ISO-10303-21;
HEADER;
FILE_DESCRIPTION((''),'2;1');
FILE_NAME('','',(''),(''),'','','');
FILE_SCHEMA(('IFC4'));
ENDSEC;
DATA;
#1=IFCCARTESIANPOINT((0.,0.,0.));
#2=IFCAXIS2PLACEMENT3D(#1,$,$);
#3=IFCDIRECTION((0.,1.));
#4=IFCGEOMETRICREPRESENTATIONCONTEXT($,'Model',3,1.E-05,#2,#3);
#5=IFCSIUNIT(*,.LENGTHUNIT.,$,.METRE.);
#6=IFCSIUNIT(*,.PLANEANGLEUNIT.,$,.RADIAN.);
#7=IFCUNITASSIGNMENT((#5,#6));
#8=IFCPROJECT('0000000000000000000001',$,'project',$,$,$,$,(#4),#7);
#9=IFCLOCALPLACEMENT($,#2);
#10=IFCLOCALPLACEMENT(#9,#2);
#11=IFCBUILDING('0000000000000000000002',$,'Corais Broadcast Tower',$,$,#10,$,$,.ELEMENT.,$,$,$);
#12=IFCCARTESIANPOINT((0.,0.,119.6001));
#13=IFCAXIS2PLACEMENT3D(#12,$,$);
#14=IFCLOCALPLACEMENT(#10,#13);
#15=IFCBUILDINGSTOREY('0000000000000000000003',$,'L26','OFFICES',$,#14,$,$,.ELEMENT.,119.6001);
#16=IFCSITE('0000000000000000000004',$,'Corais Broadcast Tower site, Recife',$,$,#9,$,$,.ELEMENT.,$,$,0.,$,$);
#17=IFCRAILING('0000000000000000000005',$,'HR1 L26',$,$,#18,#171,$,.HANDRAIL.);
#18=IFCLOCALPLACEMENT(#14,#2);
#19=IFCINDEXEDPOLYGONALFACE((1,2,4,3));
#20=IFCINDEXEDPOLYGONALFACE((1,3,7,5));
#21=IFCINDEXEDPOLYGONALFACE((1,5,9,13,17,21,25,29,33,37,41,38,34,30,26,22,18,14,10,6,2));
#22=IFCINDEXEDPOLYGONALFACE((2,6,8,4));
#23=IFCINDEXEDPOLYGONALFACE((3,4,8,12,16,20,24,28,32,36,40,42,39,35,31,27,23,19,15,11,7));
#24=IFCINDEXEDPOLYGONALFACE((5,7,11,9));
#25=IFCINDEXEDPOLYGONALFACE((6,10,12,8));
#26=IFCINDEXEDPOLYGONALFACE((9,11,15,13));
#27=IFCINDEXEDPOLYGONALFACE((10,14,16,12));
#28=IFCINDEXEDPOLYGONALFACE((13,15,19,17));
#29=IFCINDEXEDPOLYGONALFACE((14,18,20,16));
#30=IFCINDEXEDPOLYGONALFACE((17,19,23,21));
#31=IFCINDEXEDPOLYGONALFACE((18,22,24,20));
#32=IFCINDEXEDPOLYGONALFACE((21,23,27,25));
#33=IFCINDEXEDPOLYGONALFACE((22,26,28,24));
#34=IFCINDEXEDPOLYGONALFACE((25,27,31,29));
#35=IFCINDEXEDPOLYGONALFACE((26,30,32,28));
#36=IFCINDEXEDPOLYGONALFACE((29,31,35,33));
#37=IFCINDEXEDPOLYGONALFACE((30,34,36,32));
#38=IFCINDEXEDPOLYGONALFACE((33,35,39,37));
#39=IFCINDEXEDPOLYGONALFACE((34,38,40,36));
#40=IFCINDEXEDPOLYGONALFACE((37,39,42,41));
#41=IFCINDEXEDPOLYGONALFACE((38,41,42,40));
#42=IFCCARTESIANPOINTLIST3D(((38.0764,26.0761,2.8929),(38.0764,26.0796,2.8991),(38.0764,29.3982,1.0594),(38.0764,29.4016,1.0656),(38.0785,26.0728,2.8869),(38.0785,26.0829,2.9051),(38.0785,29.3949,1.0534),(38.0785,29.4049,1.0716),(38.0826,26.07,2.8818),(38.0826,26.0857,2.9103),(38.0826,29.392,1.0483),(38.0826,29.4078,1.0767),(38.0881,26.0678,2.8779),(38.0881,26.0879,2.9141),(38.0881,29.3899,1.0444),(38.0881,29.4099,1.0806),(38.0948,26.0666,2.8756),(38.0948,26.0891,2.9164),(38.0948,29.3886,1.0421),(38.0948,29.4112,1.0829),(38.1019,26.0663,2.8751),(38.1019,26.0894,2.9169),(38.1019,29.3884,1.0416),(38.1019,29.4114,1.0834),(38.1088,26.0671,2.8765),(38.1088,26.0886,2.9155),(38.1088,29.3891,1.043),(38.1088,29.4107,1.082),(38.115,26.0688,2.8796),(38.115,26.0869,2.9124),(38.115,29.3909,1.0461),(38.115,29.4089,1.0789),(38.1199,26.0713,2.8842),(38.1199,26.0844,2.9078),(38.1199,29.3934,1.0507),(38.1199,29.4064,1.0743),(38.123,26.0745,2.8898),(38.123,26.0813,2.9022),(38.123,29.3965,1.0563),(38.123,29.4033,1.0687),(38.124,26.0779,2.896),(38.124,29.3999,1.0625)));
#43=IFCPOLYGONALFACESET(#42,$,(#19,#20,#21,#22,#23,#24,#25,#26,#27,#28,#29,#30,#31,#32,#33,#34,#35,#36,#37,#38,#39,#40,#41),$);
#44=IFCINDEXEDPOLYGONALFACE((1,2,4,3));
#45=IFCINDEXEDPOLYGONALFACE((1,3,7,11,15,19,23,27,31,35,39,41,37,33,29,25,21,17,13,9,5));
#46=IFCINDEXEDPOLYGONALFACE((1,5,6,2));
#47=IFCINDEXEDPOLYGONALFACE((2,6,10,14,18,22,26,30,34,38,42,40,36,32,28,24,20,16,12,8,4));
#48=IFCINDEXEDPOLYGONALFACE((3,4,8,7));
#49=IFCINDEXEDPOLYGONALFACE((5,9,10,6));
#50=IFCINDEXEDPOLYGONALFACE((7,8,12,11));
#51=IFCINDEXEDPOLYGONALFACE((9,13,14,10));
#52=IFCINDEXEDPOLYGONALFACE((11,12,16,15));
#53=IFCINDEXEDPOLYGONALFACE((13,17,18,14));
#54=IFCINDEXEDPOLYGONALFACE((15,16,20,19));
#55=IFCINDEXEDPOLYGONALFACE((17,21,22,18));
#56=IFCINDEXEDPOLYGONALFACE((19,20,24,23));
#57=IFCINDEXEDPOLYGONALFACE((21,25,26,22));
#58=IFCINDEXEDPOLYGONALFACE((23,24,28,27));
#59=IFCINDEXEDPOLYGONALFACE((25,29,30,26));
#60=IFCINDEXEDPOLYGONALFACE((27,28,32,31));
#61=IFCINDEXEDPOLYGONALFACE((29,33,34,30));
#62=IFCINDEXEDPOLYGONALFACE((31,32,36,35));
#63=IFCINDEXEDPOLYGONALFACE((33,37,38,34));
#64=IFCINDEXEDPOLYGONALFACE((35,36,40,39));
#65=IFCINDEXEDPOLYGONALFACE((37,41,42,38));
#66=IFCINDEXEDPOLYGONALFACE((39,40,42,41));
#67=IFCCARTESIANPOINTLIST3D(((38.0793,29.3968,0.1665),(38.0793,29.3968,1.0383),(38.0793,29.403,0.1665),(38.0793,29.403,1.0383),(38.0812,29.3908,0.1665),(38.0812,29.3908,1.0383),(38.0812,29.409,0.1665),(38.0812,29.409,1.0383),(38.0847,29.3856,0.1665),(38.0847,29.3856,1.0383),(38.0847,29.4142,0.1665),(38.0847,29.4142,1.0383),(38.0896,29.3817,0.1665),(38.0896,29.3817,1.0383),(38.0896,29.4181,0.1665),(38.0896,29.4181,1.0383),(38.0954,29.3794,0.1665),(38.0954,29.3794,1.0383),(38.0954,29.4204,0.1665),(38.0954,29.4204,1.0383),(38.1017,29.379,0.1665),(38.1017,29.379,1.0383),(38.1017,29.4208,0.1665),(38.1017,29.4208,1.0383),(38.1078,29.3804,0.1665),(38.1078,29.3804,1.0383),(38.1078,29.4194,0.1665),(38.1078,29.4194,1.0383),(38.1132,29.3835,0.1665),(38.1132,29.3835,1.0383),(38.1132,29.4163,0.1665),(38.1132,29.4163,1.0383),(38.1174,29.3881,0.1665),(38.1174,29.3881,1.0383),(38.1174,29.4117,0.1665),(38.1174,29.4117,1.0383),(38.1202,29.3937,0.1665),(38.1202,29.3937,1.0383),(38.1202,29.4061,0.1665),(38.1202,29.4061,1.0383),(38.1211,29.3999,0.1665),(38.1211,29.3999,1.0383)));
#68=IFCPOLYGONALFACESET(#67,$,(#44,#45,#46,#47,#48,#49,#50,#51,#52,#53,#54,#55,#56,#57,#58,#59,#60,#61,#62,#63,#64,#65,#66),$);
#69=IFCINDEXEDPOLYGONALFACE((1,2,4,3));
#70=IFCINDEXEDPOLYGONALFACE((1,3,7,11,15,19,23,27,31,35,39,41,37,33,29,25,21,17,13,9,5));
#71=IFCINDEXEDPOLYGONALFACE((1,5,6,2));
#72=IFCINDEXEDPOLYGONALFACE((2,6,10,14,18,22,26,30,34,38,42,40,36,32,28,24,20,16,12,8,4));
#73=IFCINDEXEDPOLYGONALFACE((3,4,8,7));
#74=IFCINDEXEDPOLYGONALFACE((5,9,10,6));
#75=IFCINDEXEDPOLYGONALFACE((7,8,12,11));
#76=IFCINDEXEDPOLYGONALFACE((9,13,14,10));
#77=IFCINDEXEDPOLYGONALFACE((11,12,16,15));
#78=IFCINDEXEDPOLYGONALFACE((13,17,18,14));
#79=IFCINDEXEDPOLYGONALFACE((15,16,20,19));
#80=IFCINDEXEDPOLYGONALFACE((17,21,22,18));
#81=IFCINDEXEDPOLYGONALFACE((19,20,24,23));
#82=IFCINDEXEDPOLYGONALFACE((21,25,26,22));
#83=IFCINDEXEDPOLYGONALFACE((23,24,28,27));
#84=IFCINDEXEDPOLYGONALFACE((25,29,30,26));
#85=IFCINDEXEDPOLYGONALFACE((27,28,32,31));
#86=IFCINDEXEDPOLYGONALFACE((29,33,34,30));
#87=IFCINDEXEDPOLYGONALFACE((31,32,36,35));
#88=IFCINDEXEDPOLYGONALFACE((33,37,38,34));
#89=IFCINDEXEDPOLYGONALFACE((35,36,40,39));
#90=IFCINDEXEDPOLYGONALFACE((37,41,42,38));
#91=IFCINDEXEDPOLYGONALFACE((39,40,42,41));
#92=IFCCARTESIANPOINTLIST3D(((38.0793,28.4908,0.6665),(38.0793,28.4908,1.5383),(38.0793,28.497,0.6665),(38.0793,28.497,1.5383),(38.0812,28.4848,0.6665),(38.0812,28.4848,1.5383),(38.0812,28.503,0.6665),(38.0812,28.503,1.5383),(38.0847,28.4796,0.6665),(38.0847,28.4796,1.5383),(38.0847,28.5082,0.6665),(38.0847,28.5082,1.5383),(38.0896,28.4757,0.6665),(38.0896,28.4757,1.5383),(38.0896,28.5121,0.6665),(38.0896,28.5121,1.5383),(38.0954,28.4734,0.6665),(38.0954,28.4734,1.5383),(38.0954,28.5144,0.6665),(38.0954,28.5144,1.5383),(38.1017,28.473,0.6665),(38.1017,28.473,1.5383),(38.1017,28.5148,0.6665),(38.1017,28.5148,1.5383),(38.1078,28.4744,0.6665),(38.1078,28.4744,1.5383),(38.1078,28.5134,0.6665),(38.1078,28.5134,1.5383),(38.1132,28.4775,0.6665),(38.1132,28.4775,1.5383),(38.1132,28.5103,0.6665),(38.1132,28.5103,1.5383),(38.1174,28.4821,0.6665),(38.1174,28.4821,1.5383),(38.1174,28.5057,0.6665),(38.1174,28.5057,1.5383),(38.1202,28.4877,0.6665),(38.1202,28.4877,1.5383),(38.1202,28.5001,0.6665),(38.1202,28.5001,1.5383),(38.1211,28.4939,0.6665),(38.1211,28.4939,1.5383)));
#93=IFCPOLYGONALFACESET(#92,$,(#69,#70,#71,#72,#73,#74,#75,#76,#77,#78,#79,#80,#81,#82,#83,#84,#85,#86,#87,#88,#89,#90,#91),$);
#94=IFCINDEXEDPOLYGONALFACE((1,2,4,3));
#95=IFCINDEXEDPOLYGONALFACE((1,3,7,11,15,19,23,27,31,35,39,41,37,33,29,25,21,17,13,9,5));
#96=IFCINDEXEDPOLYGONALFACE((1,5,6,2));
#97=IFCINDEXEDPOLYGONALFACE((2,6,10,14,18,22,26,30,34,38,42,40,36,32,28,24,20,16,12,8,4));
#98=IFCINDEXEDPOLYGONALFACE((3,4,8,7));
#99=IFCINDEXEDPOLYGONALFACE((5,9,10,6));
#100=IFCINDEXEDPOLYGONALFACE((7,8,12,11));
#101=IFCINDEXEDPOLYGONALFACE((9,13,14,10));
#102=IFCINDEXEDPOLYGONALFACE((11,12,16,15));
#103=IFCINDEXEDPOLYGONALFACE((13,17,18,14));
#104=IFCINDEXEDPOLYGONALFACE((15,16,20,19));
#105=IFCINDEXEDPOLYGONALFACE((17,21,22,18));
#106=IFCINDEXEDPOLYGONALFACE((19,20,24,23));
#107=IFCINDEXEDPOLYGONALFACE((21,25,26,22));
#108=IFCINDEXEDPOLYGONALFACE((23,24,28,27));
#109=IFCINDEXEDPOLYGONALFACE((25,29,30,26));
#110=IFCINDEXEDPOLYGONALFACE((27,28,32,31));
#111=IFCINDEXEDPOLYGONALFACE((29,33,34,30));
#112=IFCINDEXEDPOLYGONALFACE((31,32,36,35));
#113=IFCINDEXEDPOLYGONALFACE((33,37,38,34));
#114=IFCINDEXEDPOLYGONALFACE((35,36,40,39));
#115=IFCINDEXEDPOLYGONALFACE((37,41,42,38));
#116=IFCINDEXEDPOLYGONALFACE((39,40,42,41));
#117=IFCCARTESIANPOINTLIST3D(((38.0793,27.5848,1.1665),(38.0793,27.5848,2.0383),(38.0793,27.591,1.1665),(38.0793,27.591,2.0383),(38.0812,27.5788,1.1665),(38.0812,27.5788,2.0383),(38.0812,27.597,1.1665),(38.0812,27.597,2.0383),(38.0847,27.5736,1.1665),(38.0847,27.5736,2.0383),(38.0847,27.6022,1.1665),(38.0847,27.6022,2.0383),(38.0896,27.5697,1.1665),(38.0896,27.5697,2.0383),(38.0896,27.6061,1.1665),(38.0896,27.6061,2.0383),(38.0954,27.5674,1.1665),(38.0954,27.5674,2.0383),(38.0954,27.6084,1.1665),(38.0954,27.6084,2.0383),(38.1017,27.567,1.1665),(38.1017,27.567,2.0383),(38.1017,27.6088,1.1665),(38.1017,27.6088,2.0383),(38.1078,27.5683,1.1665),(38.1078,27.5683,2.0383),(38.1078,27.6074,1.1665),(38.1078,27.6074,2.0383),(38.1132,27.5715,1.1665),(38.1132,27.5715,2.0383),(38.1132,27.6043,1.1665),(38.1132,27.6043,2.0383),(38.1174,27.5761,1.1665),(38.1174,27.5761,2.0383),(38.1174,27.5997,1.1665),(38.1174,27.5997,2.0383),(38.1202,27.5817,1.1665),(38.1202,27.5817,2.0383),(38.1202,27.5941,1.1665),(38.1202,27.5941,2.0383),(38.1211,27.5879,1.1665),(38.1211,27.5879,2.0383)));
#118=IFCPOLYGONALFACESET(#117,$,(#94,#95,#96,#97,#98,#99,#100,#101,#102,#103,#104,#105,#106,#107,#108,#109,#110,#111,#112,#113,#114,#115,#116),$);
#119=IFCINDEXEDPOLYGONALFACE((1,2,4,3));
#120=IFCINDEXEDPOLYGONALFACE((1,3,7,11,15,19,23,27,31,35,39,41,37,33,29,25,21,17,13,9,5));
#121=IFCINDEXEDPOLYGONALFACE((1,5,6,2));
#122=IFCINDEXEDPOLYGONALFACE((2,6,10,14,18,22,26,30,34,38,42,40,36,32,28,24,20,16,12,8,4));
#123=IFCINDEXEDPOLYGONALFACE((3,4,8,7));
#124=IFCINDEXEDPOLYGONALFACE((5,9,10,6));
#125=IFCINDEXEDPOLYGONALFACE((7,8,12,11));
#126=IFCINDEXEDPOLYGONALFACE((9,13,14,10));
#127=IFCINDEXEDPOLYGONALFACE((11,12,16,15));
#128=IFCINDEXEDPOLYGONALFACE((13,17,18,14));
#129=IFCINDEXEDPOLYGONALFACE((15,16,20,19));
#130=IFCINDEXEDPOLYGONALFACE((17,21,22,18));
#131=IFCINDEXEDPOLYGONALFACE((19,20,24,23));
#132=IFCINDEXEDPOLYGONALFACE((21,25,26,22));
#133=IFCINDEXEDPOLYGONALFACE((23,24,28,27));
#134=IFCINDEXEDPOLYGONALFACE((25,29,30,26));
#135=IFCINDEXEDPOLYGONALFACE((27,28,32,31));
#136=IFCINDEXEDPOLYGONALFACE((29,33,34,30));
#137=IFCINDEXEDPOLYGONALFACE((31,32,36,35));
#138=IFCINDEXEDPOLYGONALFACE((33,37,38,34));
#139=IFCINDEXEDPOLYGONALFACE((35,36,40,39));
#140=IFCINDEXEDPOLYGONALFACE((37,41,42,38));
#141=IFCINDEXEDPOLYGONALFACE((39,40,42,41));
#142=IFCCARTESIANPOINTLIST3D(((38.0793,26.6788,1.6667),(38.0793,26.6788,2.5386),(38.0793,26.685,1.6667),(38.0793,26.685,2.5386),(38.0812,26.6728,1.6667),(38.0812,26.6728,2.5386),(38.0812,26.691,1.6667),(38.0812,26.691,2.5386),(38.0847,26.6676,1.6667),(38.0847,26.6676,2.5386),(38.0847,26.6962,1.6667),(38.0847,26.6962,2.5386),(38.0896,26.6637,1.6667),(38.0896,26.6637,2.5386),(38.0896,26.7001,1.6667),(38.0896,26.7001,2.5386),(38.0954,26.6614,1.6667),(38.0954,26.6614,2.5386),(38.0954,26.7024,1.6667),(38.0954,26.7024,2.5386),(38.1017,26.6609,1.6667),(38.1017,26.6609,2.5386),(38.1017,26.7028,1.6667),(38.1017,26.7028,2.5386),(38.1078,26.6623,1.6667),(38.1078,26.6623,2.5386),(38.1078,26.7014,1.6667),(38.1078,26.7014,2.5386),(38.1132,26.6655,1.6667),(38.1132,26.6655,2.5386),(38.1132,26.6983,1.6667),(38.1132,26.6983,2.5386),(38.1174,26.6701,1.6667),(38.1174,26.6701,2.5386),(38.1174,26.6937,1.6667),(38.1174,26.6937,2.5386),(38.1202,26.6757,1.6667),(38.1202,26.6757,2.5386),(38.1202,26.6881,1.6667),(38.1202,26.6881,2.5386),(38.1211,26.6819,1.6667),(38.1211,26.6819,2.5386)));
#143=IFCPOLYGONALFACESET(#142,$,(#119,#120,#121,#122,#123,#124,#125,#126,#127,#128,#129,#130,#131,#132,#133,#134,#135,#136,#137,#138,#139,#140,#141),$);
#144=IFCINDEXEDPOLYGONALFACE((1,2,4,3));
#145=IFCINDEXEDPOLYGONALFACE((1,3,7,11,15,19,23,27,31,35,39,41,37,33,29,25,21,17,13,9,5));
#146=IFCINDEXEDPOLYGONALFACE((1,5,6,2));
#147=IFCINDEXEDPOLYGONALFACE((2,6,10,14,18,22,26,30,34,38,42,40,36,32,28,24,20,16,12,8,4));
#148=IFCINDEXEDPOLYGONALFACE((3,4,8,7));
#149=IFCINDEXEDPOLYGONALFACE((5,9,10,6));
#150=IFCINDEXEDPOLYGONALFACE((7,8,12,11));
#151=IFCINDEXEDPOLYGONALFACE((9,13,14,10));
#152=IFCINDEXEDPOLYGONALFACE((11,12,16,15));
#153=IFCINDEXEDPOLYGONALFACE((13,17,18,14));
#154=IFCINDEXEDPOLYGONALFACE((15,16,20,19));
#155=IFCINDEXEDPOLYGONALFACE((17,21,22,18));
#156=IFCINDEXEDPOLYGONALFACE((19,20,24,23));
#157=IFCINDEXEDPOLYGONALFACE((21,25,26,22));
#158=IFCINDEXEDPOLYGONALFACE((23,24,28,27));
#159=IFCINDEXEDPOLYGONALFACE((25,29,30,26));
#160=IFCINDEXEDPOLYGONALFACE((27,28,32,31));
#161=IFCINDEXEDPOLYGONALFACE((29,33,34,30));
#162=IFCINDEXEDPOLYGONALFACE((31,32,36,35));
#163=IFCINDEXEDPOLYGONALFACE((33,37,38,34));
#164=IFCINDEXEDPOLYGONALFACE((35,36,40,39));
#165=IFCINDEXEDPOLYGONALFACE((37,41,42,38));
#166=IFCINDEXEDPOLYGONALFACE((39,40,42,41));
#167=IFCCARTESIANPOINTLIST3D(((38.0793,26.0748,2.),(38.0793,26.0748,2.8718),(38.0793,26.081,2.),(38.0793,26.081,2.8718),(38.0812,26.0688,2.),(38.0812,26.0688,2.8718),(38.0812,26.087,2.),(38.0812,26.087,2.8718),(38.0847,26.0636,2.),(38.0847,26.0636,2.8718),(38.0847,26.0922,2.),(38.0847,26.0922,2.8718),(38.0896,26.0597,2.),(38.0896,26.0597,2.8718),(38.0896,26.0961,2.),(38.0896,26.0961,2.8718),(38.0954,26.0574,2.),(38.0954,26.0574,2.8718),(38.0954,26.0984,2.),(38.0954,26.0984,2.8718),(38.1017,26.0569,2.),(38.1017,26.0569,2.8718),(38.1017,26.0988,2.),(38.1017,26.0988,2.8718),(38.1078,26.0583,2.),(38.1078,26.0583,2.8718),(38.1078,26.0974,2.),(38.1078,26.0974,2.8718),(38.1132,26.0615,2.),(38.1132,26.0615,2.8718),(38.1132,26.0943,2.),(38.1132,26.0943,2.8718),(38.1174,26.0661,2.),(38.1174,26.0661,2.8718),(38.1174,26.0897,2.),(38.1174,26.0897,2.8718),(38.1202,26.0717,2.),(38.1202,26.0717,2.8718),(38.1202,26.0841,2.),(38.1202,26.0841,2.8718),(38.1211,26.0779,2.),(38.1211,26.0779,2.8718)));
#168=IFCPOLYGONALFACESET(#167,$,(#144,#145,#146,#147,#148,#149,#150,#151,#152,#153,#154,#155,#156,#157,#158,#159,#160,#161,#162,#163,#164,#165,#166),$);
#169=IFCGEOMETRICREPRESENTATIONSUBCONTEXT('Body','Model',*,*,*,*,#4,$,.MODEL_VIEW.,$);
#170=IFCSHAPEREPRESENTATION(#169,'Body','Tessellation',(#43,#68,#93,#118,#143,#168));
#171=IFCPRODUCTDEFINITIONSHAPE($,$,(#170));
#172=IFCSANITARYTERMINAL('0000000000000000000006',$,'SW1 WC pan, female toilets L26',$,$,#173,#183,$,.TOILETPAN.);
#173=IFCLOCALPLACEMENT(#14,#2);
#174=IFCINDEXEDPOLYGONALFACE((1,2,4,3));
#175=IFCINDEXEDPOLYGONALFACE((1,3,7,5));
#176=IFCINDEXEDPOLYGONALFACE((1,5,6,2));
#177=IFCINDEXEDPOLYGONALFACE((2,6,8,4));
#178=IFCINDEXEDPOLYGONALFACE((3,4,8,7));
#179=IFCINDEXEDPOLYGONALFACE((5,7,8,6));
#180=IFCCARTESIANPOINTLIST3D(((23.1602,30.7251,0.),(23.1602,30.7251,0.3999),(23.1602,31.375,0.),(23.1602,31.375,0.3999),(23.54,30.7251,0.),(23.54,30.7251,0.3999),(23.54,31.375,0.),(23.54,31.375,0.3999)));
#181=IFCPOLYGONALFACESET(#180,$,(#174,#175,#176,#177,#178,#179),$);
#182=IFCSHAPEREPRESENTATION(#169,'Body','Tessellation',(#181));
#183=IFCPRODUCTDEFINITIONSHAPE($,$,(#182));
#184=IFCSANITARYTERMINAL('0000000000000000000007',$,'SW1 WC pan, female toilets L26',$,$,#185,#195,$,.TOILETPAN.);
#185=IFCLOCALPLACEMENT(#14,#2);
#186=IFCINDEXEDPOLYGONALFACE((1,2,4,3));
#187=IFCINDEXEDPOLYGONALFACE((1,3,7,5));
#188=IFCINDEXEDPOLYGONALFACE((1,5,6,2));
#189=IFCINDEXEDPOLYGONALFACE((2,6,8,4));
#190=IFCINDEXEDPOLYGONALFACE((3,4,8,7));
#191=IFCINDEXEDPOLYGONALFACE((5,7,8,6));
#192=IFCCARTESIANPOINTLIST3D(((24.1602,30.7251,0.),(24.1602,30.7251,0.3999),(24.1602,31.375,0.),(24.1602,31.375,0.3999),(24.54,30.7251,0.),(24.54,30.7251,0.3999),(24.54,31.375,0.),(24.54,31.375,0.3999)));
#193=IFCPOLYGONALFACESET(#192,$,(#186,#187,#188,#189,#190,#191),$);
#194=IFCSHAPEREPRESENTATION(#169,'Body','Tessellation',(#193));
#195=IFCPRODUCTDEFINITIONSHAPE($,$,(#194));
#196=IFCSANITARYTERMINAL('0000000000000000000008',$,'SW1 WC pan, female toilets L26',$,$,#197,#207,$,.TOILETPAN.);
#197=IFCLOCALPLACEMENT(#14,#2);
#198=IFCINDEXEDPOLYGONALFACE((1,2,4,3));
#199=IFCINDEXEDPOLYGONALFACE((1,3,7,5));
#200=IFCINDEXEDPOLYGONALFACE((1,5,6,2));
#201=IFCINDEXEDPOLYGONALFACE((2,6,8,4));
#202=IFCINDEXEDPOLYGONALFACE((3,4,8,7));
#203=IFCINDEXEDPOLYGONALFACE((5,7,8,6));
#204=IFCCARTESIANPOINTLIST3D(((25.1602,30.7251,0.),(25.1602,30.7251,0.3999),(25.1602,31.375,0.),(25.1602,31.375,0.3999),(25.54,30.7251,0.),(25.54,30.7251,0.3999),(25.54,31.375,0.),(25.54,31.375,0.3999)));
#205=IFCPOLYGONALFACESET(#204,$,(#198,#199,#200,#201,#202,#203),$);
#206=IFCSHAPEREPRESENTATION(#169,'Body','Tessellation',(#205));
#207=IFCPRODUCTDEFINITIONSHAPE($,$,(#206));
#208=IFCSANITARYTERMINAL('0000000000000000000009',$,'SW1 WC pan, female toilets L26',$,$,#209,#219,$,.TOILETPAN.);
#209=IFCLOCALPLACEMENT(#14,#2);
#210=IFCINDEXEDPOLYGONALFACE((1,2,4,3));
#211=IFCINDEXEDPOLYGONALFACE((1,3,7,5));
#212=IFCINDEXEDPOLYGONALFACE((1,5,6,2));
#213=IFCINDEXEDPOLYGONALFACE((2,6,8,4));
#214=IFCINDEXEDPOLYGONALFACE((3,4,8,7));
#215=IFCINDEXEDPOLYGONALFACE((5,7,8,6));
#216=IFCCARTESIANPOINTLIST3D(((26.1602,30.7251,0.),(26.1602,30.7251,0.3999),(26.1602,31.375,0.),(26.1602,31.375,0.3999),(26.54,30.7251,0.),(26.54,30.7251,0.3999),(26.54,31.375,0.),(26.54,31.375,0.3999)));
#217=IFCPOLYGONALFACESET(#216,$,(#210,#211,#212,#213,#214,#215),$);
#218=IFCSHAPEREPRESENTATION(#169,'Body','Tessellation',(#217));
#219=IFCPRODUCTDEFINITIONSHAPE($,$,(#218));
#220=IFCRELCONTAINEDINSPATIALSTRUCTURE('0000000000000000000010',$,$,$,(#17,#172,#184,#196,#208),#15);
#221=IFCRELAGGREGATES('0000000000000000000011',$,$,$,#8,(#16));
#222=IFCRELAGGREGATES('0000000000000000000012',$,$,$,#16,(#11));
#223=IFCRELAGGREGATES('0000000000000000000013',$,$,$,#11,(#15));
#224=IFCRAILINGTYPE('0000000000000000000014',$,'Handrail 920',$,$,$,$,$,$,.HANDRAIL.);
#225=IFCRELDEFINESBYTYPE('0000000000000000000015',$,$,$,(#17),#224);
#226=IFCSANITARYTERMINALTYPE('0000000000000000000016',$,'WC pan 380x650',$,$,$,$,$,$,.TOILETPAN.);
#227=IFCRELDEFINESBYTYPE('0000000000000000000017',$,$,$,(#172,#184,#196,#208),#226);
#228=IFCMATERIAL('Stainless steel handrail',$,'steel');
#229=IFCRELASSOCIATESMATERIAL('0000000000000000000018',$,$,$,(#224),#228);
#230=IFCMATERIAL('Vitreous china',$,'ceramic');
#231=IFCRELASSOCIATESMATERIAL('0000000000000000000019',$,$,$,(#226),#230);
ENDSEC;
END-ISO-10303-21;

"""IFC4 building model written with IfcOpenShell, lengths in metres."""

from ifc_helpers import new_model, si_unit, direction, frame, origin, origin_2d, place, context, subcontext, project, spatial, rectangle, circle, extrude, material, type_object, element, save


model = new_model("IFC4")

# Units and contexts
model_context = context("Model", 3, precision=1e-05, world=origin(), true_north=direction((0.0, 1.0)))
body_context = subcontext(model_context, "Body", "Model", "MODEL_VIEW")
ifc_project = project(units=[si_unit("LENGTHUNIT", "METRE"), si_unit("PLANEANGLEUNIT", "RADIAN")], contexts=[model_context])

# Site, building, storey
site_placement = place(None, origin())
site = spatial("IfcSite", under=ifc_project, at=site_placement, Name="Corais Broadcast Tower site, Recife", CompositionType="ELEMENT", RefElevation=0.0)
building_placement = place(site_placement, origin())
building = spatial("IfcBuilding", under=site, at=building_placement, Name="Corais Broadcast Tower", CompositionType="ELEMENT")
storey_placement = place(building_placement, frame((0.0, 0.0, 119.6001)))
storey = spatial("IfcBuildingStorey", under=building, at=storey_placement, Name="L26", Description="OFFICES", CompositionType="ELEMENT", Elevation=119.6001)

# Railing
ifc_material_1 = material(Name="Stainless steel handrail", Category="steel")
railing_type = type_object("IfcRailingType", Name="Handrail 920", PredefinedType="HANDRAIL", material=ifc_material_1)
for number, where, name in (
    (1, (38.1001, 29.3999, 0.1665), "HR1 L26"),
):
    element("IfcRailing", number, at=place(storey_placement, frame(where)), inside=storey, type_object=railing_type, Name=name, PredefinedType="HANDRAIL", context=body_context, shape_type="SweptSolid", body=[
        extrude(circle(Radius=0.0239, at=origin_2d()), frame((0.0, 0.0, 0.896), z_axis=(0.0, -0.875504, 0.48321), x_axis=(1.0, 0.0, 0.0)), (0.0, 0.0, 1.0), 3.7944),
        extrude(circle(Radius=0.021, at=origin_2d()), origin(), (0.0, 0.0, 1.0), 0.8718),
        extrude(circle(Radius=0.021, at=origin_2d()), frame((0.0, -0.906, 0.5)), (0.0, 0.0, 1.0), 0.8718),
        extrude(circle(Radius=0.021, at=origin_2d()), frame((0.0, -1.812, 1.0)), (0.0, 0.0, 1.0), 0.8718),
        extrude(circle(Radius=0.021, at=origin_2d()), frame((0.0, -2.718, 1.5002)), (0.0, 0.0, 1.0), 0.8718),
        extrude(circle(Radius=0.021, at=origin_2d()), frame((0.0, -3.322, 1.8335)), (0.0, 0.0, 1.0), 0.8718),
    ])

# Sanitary terminals
ifc_material_2 = material(Name="Vitreous china", Category="ceramic")
sanitary_terminal_type = type_object("IfcSanitaryTerminalType", Name="WC pan 380x650", PredefinedType="TOILETPAN", material=ifc_material_2)
for number, where, z_axis, x_axis, name in (
    (2, (23.3501, 31.05, 0.0), (0.0, 0.0, 1.0), (1.0, 0.0, 0.0), "SW1 WC pan, female toilets L26"),
    (3, (24.3501, 31.05, 0.0), (0.0, 0.0, 1.0), (1.0, 0.0, 0.0), "SW1 WC pan, female toilets L26"),
    (4, (25.3501, 31.05, 0.0), (0.0, 0.0, 1.0), (1.0, 0.0, 0.0), "SW1 WC pan, female toilets L26"),
    (5, (26.3501, 31.05, 0.0), (0.0, 0.0, 1.0), (1.0, 0.0, 0.0), "SW1 WC pan, female toilets L26"),
):
    element("IfcSanitaryTerminal", number, at=place(storey_placement, frame(where, z_axis=z_axis, x_axis=x_axis)), inside=storey, type_object=sanitary_terminal_type, Name=name, PredefinedType="TOILETPAN", context=body_context, shape_type="SweptSolid", body=[
        extrude(rectangle(XDim=0.3799, YDim=0.6499, at=origin_2d()), origin(), (0.0, 0.0, 1.0), 0.3999),
    ])

save(model, "model.ifc")
